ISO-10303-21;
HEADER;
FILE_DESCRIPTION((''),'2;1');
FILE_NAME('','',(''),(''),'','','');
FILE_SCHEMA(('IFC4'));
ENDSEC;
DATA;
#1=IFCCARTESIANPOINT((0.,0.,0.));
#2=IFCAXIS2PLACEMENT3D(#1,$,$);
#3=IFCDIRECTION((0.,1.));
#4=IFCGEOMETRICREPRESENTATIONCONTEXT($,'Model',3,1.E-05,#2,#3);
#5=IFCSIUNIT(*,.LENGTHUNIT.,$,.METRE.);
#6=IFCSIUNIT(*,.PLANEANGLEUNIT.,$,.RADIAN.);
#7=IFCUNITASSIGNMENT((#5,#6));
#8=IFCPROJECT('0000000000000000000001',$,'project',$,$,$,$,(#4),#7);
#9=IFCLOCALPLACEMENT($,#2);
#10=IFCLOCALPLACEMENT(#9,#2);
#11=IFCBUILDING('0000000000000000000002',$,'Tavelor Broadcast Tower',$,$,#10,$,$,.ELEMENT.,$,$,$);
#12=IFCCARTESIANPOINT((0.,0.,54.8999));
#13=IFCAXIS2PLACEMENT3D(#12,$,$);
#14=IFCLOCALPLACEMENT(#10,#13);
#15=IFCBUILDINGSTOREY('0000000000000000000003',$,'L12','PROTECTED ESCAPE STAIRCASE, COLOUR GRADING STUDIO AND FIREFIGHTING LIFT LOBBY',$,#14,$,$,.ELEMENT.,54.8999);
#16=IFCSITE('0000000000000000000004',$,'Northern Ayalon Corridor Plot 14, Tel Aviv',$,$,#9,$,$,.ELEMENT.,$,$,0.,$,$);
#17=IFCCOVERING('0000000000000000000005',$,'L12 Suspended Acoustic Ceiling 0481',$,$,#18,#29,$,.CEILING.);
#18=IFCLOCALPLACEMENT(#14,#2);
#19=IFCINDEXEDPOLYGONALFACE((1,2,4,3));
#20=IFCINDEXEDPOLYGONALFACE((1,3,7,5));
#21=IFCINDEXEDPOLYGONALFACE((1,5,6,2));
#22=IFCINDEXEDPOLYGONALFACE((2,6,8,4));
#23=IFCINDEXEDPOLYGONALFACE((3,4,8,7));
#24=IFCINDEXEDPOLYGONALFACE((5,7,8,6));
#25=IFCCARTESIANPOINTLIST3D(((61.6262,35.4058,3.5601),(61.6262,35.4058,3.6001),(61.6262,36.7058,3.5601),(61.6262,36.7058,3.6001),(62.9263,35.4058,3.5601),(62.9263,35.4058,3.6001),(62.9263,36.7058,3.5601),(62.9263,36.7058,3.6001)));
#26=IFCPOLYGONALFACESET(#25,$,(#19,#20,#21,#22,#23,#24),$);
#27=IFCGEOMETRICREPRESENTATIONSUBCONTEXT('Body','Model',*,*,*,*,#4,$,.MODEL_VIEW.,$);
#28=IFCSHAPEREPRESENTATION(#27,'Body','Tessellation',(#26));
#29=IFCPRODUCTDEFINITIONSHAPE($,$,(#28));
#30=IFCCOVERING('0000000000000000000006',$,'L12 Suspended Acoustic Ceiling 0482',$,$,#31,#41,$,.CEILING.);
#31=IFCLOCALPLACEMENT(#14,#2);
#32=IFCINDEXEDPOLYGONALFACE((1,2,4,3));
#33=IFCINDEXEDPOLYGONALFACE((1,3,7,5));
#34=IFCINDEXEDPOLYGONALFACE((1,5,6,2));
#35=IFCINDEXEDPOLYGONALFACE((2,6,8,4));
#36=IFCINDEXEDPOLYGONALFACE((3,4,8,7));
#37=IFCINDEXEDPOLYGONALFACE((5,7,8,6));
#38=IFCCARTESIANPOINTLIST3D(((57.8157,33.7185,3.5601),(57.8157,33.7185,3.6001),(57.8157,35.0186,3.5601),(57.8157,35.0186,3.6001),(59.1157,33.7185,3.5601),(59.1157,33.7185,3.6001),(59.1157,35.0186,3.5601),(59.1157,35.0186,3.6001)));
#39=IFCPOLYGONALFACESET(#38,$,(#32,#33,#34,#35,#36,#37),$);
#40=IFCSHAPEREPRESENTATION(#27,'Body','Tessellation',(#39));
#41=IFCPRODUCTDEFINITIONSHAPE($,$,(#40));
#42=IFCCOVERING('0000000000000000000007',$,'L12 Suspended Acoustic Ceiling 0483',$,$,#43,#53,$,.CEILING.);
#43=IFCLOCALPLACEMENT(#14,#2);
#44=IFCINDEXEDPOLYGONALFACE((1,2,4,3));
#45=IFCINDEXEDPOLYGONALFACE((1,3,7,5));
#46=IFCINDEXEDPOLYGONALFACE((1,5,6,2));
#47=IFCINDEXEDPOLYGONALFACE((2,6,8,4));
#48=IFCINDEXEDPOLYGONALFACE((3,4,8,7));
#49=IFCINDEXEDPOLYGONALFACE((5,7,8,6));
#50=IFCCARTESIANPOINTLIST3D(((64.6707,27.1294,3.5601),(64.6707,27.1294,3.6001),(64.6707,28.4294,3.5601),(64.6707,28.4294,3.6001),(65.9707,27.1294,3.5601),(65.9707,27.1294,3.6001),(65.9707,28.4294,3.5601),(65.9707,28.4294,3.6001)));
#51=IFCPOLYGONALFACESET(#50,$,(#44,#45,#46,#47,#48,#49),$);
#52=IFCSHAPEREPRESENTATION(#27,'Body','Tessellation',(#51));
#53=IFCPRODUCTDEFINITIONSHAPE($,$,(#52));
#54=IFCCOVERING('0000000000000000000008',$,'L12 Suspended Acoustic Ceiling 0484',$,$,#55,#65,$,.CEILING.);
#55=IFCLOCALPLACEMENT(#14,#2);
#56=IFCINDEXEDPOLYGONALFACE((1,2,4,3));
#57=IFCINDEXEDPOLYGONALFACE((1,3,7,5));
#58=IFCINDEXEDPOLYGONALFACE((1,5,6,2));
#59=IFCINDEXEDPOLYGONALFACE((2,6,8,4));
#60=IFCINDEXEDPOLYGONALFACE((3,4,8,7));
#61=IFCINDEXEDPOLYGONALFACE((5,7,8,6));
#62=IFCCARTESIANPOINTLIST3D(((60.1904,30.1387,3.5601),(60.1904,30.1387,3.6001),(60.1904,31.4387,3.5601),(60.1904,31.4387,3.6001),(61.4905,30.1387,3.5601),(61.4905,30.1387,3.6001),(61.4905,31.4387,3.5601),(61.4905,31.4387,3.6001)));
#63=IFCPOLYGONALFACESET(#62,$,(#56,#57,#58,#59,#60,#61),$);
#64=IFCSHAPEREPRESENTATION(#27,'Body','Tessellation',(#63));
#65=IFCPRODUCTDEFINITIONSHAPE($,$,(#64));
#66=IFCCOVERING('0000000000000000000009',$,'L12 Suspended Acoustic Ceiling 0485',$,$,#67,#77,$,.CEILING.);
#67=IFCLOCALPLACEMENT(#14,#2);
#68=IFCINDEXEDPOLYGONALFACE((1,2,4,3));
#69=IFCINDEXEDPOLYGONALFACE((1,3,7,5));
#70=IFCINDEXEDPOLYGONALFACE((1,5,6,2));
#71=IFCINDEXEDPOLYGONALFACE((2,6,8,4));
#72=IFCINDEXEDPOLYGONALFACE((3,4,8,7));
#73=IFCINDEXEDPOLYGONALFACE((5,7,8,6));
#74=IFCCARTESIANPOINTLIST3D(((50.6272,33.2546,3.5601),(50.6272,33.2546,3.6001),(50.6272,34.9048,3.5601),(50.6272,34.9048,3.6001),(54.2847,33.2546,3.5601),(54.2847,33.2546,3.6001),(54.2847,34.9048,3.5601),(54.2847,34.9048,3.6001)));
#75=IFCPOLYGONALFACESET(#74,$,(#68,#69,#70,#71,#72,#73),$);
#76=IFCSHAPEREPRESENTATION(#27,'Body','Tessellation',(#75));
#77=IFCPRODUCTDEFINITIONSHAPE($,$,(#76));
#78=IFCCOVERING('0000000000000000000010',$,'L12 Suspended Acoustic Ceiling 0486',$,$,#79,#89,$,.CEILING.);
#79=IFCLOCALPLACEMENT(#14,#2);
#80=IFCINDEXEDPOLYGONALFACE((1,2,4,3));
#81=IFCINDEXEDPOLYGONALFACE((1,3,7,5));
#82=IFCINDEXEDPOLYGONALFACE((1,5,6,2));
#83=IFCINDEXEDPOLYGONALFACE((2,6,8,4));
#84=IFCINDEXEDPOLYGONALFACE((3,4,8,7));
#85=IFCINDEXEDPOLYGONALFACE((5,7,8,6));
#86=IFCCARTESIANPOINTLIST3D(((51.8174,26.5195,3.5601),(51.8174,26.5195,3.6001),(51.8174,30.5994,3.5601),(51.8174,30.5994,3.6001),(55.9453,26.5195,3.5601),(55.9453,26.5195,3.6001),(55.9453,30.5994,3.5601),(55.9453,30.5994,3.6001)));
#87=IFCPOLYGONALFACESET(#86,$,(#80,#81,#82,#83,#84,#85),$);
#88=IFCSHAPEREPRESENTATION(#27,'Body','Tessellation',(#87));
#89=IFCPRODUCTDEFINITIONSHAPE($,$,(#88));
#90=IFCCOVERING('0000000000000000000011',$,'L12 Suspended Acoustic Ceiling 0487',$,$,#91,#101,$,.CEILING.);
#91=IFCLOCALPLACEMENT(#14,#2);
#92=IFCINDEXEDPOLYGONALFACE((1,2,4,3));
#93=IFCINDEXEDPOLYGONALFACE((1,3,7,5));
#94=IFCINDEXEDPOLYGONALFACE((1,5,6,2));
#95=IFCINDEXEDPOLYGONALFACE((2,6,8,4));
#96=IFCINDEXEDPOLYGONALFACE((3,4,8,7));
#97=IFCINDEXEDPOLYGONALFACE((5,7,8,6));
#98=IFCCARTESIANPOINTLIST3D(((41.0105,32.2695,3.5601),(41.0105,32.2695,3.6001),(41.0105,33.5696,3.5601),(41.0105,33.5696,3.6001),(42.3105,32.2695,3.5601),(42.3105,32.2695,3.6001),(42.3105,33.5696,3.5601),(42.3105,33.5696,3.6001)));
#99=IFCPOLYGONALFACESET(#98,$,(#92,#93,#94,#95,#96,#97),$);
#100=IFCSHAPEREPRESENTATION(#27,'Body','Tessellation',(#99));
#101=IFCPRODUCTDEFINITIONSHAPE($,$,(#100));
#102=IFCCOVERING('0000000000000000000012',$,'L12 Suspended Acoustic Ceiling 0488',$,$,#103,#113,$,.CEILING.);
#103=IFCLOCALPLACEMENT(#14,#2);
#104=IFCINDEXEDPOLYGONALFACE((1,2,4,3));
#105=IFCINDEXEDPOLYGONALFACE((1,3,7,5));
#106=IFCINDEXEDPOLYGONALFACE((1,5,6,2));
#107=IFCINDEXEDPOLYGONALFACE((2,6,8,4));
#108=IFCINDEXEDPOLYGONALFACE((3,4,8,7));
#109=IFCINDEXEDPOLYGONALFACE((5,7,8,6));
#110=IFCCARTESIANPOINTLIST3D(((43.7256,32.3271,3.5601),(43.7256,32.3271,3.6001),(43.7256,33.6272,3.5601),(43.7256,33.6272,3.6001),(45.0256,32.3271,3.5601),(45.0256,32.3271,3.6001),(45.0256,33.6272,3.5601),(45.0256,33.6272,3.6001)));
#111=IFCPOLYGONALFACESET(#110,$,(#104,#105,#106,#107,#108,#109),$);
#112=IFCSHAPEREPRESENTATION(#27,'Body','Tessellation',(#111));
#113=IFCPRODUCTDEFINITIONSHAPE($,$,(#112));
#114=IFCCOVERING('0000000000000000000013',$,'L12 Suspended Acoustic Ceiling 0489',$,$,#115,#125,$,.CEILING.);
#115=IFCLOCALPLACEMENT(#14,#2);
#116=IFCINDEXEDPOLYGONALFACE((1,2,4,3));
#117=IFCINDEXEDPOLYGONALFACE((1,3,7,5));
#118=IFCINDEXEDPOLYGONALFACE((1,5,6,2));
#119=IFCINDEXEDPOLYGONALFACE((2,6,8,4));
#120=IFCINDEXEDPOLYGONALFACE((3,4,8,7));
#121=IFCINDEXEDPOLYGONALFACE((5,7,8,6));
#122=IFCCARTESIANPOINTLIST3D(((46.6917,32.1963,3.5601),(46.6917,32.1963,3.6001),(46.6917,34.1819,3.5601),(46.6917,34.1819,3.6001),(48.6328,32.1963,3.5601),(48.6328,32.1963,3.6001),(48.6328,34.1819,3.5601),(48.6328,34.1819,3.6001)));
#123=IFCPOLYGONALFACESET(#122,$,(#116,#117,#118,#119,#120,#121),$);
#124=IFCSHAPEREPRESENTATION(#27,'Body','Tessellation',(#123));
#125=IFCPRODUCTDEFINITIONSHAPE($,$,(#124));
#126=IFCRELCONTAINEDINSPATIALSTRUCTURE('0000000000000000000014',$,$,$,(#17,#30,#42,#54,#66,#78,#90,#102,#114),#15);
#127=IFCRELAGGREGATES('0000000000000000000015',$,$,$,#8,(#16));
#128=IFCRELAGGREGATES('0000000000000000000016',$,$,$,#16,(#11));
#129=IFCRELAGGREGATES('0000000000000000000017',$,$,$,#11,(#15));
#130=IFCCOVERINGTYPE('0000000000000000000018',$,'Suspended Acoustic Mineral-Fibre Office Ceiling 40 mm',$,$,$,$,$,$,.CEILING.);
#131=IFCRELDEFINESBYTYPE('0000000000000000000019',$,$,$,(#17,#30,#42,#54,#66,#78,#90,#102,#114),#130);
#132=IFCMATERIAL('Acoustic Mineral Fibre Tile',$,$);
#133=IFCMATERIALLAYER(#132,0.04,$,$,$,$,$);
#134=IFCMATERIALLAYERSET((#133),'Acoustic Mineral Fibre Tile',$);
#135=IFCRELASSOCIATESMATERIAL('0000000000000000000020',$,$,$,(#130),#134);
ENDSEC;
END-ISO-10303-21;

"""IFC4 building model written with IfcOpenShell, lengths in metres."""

from ifc_helpers import new_model, si_unit, direction, frame, origin, place, context, subcontext, project, spatial, polyline, outline, extrude, material, layer, layer_set, type_object, element, save


model = new_model("IFC4")

# Units and contexts
model_context = context("Model", 3, precision=1e-05, world=origin(), true_north=direction((0.0, 1.0)))
body_context = subcontext(model_context, "Body", "Model", "MODEL_VIEW")
ifc_project = project(units=[si_unit("LENGTHUNIT", "METRE"), si_unit("PLANEANGLEUNIT", "RADIAN")], contexts=[model_context])

# Site, building, storey
site_placement = place(None, origin())
site = spatial("IfcSite", under=ifc_project, at=site_placement, Name="Northern Ayalon Corridor Plot 14, Tel Aviv", CompositionType="ELEMENT", RefElevation=0.0)
building_placement = place(site_placement, origin())
building = spatial("IfcBuilding", under=site, at=building_placement, Name="Tavelor Broadcast Tower", CompositionType="ELEMENT")
storey_placement = place(building_placement, frame((0.0, 0.0, 54.8999)))
storey = spatial("IfcBuildingStorey", under=building, at=storey_placement, Name="L12", Description="PROTECTED ESCAPE STAIRCASE, COLOUR GRADING STUDIO AND FIREFIGHTING LIFT LOBBY", CompositionType="ELEMENT", Elevation=54.8999)

# Coverings
ifc_material_1 = material(Name="Acoustic Mineral Fibre Tile")
ifc_layer_1 = layer(ifc_material_1, 0.04)
ifc_layer_set_1 = layer_set([ifc_layer_1], Name="Acoustic Mineral Fibre Tile")
covering_type_1 = type_object("IfcCoveringType", Name="Suspended Acoustic Mineral-Fibre Office Ceiling 40 mm", PredefinedType="CEILING", material=ifc_layer_set_1)
covering_1_placement = place(storey_placement, frame((0.0, 0.0, 3.5601)))
element("IfcCovering", 1, at=covering_1_placement, inside=storey, type_object=covering_type_1, Name="L12 Suspended Acoustic Ceiling 0481", PredefinedType="CEILING", context=body_context, shape_type="SweptSolid", body=[
    extrude(outline(polyline([(61.6262, 35.4058), (62.9263, 35.4058), (62.9263, 36.7058), (61.6262, 36.7058), (61.6262, 35.4058)])), origin(), (0.0, 0.0, 1.0), 0.04),
])
covering_2_placement = place(storey_placement, frame((0.0, 0.0, 3.5601)))
element("IfcCovering", 2, at=covering_2_placement, inside=storey, type_object=covering_type_1, Name="L12 Suspended Acoustic Ceiling 0482", PredefinedType="CEILING", context=body_context, shape_type="SweptSolid", body=[
    extrude(outline(polyline([(57.8157, 33.7185), (59.1157, 33.7185), (59.1157, 35.0186), (57.8157, 35.0186), (57.8157, 33.7185)])), origin(), (0.0, 0.0, 1.0), 0.04),
])
covering_3_placement = place(storey_placement, frame((0.0, 0.0, 3.5601)))
element("IfcCovering", 3, at=covering_3_placement, inside=storey, type_object=covering_type_1, Name="L12 Suspended Acoustic Ceiling 0483", PredefinedType="CEILING", context=body_context, shape_type="SweptSolid", body=[
    extrude(outline(polyline([(64.6707, 27.1294), (65.9707, 27.1294), (65.9707, 28.4294), (64.6707, 28.4294), (64.6707, 27.1294)])), origin(), (0.0, 0.0, 1.0), 0.04),
])
covering_4_placement = place(storey_placement, frame((0.0, 0.0, 3.5601)))
element("IfcCovering", 4, at=covering_4_placement, inside=storey, type_object=covering_type_1, Name="L12 Suspended Acoustic Ceiling 0484", PredefinedType="CEILING", context=body_context, shape_type="SweptSolid", body=[
    extrude(outline(polyline([(60.1904, 30.1387), (61.4905, 30.1387), (61.4905, 31.4387), (60.1904, 31.4387), (60.1904, 30.1387)])), origin(), (0.0, 0.0, 1.0), 0.04),
])
covering_5_placement = place(storey_placement, frame((0.0, 0.0, 3.5601)))
element("IfcCovering", 5, at=covering_5_placement, inside=storey, type_object=covering_type_1, Name="L12 Suspended Acoustic Ceiling 0485", PredefinedType="CEILING", context=body_context, shape_type="SweptSolid", body=[
    extrude(outline(polyline([(50.6272, 33.2546), (54.2847, 33.2546), (54.2847, 34.9048), (50.6272, 34.9048), (50.6272, 33.2546)])), origin(), (0.0, 0.0, 1.0), 0.04),
])
covering_6_placement = place(storey_placement, frame((0.0, 0.0, 3.5601)))
element("IfcCovering", 6, at=covering_6_placement, inside=storey, type_object=covering_type_1, Name="L12 Suspended Acoustic Ceiling 0486", PredefinedType="CEILING", context=body_context, shape_type="SweptSolid", body=[
    extrude(outline(polyline([(51.8174, 26.5195), (55.9453, 26.5195), (55.9453, 30.5994), (51.8174, 30.5994), (51.8174, 26.5195)])), origin(), (0.0, 0.0, 1.0), 0.04),
])
covering_7_placement = place(storey_placement, frame((0.0, 0.0, 3.5601)))
element("IfcCovering", 7, at=covering_7_placement, inside=storey, type_object=covering_type_1, Name="L12 Suspended Acoustic Ceiling 0487", PredefinedType="CEILING", context=body_context, shape_type="SweptSolid", body=[
    extrude(outline(polyline([(41.0105, 32.2695), (42.3105, 32.2695), (42.3105, 33.5696), (41.0105, 33.5696), (41.0105, 32.2695)])), origin(), (0.0, 0.0, 1.0), 0.04),
])
covering_8_placement = place(storey_placement, frame((0.0, 0.0, 3.5601)))
element("IfcCovering", 8, at=covering_8_placement, inside=storey, type_object=covering_type_1, Name="L12 Suspended Acoustic Ceiling 0488", PredefinedType="CEILING", context=body_context, shape_type="SweptSolid", body=[
    extrude(outline(polyline([(43.7256, 32.3271), (45.0256, 32.3271), (45.0256, 33.6272), (43.7256, 33.6272), (43.7256, 32.3271)])), origin(), (0.0, 0.0, 1.0), 0.04),
])
covering_9_placement = place(storey_placement, frame((0.0, 0.0, 3.5601)))
element("IfcCovering", 9, at=covering_9_placement, inside=storey, type_object=covering_type_1, Name="L12 Suspended Acoustic Ceiling 0489", PredefinedType="CEILING", context=body_context, shape_type="SweptSolid", body=[
    extrude(outline(polyline([(46.6917, 32.1963), (48.6328, 32.1963), (48.6328, 34.1819), (46.6917, 34.1819), (46.6917, 32.1963)])), origin(), (0.0, 0.0, 1.0), 0.04),
])

save(model, "model.ifc")
